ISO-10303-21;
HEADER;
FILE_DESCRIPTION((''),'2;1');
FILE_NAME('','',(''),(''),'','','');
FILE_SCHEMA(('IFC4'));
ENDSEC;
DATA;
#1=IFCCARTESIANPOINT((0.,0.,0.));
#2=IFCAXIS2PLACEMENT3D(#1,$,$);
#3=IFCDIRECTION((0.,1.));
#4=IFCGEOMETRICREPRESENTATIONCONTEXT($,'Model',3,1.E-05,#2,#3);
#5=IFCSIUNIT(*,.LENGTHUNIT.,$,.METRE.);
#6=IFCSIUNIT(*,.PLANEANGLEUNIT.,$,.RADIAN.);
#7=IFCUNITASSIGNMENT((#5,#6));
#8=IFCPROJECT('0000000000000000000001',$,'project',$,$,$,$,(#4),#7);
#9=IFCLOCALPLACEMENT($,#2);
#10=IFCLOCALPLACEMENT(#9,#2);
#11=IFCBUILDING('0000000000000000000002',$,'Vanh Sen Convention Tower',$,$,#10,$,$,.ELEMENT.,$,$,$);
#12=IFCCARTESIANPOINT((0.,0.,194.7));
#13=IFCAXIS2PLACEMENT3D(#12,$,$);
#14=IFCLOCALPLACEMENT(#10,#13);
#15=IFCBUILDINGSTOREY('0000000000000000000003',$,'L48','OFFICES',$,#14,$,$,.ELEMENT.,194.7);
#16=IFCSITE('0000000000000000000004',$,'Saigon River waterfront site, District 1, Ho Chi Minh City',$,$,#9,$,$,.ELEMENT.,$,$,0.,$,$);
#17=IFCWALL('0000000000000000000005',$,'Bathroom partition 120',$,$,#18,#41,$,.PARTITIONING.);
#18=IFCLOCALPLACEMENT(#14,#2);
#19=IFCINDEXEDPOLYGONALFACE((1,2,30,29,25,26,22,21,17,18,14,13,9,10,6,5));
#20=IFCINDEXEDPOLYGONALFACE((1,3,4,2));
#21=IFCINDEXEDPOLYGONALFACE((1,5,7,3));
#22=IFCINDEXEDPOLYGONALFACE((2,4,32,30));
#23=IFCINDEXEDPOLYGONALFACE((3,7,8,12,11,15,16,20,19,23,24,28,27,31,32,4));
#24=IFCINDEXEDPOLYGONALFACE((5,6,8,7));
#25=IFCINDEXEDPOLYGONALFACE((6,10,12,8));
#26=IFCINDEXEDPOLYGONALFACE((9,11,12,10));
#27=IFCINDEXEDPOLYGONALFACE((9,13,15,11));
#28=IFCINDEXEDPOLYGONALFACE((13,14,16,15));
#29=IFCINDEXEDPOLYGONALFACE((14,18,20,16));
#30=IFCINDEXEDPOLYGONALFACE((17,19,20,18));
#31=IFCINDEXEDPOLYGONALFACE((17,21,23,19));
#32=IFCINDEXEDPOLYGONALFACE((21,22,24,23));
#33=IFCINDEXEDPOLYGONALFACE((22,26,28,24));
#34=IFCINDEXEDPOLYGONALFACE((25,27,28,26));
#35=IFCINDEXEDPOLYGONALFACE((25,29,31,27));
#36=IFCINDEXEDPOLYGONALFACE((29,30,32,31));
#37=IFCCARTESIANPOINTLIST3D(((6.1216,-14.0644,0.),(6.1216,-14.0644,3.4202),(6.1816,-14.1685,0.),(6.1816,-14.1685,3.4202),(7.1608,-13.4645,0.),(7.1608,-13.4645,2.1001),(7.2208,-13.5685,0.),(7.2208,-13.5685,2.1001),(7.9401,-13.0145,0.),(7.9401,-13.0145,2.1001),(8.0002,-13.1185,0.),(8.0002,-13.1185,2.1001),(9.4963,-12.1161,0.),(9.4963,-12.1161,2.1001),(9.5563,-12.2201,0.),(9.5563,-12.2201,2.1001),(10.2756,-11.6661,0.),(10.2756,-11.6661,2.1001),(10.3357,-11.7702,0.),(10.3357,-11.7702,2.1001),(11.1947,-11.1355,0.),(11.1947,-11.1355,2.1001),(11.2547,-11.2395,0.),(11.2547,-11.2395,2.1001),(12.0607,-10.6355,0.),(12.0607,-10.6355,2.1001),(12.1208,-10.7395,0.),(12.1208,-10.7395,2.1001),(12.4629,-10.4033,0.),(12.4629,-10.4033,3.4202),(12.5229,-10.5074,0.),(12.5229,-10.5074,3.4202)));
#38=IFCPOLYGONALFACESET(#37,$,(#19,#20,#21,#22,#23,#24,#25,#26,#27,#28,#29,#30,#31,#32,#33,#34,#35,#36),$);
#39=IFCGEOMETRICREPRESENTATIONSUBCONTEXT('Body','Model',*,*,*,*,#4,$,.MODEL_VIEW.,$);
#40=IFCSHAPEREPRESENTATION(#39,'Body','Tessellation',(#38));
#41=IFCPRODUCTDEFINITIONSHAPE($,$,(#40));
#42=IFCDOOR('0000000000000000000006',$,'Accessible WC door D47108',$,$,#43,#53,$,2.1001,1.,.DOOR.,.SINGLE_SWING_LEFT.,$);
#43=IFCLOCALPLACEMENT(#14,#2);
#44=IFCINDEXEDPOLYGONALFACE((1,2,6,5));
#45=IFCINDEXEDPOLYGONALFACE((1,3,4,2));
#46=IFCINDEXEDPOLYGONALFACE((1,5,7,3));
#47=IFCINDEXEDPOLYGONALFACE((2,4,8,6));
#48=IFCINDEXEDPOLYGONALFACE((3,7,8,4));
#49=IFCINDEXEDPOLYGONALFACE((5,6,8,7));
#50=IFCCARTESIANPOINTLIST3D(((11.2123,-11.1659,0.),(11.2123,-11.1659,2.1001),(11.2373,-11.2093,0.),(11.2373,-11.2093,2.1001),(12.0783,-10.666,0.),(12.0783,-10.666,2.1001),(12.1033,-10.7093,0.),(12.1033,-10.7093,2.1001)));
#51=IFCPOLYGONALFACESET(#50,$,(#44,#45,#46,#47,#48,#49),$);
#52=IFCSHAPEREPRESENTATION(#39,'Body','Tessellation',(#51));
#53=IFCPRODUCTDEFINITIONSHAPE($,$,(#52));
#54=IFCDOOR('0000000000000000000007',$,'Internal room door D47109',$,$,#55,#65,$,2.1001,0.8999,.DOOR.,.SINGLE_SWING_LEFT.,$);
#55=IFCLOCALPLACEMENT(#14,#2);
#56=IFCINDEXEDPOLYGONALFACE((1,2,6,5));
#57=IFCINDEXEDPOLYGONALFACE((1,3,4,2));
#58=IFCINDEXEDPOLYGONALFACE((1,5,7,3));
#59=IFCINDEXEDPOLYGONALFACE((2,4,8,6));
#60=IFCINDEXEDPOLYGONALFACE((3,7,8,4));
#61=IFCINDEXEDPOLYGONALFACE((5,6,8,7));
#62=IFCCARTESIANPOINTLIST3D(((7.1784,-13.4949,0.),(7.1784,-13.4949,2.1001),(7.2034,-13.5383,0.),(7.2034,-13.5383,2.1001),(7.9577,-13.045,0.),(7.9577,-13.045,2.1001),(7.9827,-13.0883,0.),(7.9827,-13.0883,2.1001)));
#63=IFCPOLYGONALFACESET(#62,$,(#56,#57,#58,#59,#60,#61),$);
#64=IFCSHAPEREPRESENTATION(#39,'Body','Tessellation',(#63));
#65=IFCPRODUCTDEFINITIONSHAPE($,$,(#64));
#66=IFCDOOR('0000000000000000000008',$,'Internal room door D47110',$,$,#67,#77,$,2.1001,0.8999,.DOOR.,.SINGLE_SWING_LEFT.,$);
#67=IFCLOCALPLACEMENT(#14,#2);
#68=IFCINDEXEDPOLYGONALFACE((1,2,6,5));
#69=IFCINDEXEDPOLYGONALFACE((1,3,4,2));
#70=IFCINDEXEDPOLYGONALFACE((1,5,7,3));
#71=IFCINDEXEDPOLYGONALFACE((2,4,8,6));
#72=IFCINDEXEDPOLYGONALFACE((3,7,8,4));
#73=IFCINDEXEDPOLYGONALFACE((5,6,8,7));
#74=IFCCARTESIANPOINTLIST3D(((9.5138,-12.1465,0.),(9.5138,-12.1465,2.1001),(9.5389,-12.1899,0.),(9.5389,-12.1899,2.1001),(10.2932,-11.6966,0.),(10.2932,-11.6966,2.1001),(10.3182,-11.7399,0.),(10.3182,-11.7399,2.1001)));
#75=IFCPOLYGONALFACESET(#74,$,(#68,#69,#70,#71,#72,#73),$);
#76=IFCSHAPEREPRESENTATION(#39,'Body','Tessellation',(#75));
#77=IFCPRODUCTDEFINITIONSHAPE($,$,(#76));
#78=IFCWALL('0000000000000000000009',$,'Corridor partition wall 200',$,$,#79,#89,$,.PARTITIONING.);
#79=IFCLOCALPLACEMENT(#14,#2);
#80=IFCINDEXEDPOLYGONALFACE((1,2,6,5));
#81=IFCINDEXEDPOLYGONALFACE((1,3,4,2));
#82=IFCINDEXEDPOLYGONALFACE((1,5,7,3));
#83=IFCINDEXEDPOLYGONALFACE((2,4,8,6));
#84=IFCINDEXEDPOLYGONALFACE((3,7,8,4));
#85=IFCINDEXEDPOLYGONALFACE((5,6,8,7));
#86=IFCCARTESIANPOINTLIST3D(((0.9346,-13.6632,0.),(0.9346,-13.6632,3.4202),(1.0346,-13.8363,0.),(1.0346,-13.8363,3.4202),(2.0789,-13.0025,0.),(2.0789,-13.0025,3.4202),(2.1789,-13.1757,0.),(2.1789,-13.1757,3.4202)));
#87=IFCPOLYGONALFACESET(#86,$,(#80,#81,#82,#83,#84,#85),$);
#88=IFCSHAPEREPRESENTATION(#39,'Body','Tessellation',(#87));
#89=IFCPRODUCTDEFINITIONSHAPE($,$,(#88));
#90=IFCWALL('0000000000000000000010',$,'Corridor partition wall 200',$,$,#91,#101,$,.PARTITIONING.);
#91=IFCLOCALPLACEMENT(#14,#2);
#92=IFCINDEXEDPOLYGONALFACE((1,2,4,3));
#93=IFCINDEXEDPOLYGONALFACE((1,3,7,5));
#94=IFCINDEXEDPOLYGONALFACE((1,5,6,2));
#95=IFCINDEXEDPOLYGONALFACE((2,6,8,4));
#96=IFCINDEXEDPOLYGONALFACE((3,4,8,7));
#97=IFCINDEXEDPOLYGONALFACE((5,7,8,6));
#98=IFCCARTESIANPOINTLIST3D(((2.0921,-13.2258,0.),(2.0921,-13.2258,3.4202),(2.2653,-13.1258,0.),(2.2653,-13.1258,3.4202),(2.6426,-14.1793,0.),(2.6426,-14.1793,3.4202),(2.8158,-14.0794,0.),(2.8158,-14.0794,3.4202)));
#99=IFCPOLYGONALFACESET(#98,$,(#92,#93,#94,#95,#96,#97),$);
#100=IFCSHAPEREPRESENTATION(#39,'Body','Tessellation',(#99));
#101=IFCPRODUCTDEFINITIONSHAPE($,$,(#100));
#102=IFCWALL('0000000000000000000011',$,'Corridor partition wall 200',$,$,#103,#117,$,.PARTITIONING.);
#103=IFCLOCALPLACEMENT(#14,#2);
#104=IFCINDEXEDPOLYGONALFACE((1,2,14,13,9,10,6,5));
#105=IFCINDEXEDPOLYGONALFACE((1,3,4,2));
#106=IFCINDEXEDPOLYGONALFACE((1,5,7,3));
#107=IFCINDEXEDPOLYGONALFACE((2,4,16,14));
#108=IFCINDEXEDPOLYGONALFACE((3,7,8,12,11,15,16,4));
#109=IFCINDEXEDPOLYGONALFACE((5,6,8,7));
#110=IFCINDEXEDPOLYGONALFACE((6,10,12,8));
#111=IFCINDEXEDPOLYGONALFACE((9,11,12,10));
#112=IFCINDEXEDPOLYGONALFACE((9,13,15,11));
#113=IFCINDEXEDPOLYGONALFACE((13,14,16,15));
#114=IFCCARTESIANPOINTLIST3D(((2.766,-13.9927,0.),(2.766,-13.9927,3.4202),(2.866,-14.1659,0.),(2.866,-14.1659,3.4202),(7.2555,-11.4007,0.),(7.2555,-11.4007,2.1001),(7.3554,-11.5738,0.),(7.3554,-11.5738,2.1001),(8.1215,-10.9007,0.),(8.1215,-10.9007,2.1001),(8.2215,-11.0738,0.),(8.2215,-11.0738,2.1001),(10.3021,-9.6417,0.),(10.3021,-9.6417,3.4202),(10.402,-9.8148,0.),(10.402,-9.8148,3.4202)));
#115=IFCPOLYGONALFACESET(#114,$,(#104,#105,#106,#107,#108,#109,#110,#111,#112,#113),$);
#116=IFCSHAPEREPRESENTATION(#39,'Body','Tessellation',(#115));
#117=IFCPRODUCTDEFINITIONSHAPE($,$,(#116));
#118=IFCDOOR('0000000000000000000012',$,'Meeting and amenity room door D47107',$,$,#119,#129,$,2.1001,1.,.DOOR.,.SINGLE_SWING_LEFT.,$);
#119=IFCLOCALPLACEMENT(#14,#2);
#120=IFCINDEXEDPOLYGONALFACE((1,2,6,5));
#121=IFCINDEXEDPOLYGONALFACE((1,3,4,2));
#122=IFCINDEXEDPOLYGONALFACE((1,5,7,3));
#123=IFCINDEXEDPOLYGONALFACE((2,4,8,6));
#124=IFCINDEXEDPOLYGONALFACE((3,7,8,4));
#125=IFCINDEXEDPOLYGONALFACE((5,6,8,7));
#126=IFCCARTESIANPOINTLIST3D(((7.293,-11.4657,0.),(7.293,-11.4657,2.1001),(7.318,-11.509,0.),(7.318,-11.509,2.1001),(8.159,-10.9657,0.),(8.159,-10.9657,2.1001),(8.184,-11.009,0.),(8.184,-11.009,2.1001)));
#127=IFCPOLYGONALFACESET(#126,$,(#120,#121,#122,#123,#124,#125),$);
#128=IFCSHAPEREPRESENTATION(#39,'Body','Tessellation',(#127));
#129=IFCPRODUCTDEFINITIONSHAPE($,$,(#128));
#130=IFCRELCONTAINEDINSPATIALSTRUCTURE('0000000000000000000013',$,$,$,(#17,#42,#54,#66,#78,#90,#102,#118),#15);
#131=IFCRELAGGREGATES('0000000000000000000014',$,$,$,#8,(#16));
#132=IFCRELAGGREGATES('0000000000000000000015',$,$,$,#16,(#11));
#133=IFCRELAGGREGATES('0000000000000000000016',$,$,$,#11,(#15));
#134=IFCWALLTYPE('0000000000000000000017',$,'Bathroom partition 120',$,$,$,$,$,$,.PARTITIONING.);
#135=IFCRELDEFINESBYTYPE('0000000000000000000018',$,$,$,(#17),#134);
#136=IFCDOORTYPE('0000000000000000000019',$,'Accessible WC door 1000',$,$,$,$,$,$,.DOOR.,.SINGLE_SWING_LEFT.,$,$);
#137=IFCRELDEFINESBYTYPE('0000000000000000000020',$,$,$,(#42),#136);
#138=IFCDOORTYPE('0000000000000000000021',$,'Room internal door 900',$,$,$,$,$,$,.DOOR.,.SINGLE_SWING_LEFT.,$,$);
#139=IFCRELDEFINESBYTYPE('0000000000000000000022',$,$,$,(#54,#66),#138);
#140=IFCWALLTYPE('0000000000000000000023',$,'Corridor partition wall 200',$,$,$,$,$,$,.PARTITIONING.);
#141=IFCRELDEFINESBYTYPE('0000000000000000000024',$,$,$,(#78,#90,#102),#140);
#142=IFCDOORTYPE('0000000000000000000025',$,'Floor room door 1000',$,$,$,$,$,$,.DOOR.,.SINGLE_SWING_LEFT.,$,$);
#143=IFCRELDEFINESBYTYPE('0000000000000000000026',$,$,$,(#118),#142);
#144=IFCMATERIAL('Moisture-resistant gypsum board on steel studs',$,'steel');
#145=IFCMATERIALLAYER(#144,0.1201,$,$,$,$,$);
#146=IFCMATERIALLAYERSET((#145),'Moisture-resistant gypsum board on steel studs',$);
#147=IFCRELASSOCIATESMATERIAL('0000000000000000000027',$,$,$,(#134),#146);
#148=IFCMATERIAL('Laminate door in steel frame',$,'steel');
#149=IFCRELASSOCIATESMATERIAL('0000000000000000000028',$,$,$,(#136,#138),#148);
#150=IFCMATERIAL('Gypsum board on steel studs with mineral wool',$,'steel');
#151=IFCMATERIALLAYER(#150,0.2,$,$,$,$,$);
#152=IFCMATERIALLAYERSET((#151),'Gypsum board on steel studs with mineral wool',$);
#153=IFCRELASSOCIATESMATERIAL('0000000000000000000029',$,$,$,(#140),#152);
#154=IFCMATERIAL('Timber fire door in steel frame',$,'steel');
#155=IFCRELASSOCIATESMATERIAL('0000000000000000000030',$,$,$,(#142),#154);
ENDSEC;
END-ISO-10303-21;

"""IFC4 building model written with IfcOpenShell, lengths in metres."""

from ifc_helpers import new_model, si_unit, direction, frame, frame_2d, origin, place, context, subcontext, project, spatial, rectangle, extrude, material, layer, layer_set, type_object, element, fill, save


model = new_model("IFC4")

# Units and contexts
model_context = context("Model", 3, precision=1e-05, world=origin(), true_north=direction((0.0, 1.0)))
body_context = subcontext(model_context, "Body", "Model", "MODEL_VIEW")
ifc_project = project(units=[si_unit("LENGTHUNIT", "METRE"), si_unit("PLANEANGLEUNIT", "RADIAN")], contexts=[model_context])

# Site, building, storey
site_placement = place(None, origin())
site = spatial("IfcSite", under=ifc_project, at=site_placement, Name="Saigon River waterfront site, District 1, Ho Chi Minh City", CompositionType="ELEMENT", RefElevation=0.0)
building_placement = place(site_placement, origin())
building = spatial("IfcBuilding", under=site, at=building_placement, Name="Vanh Sen Convention Tower", CompositionType="ELEMENT")
storey_placement = place(building_placement, frame((0.0, 0.0, 194.7)))
storey = spatial("IfcBuildingStorey", under=building, at=storey_placement, Name="L48", Description="OFFICES", CompositionType="ELEMENT", Elevation=194.7)

# Wall, openings, doors
ifc_material_1 = material(Name="Moisture-resistant gypsum board on steel studs", Category="steel")
ifc_layer_1 = layer(ifc_material_1, 0.1201)
ifc_layer_set_1 = layer_set([ifc_layer_1], Name="Moisture-resistant gypsum board on steel studs")
wall_type_1 = type_object("IfcWallType", Name="Bathroom partition 120", PredefinedType="PARTITIONING", material=ifc_layer_set_1)
wall_1_placement = place(storey_placement, frame((6.1516, -14.1165, 0.0), z_axis=(0.0, 0.0, 1.0), x_axis=(0.866027, 0.499998, 0.0)))
wall_1 = element("IfcWall", 1, at=wall_1_placement, inside=storey, type_object=wall_type_1, Name="Bathroom partition 120", PredefinedType="PARTITIONING", context=body_context, shape_type="SweptSolid", body=[
    extrude(rectangle(XDim=7.3223, YDim=0.1201, at=frame_2d((3.6611, 0.0))), origin(), (0.0, 0.0, 1.0), 3.4202),
])
opening_1_placement = place(wall_1_placement, frame((5.8579, 0.0, 0.0)))
opening_1 = element("IfcOpeningElement", 2, at=opening_1_placement, cuts=wall_1, PredefinedType="OPENING", context=body_context, shape_type="SweptSolid", body=[
    extrude(rectangle(XDim=1.0, YDim=2.1001, at=frame_2d((0.5, 1.05))), frame((0.0, 0.0701, 0.0), z_axis=(0.0, -1.0, 0.0), x_axis=(1.0, 0.0, 0.0)), (0.0, 0.0, 1.0), 0.1401),
])
opening_2_placement = place(wall_1_placement, frame((1.2, 0.0, 0.0)))
opening_2 = element("IfcOpeningElement", 3, at=opening_2_placement, cuts=wall_1, PredefinedType="OPENING", context=body_context, shape_type="SweptSolid", body=[
    extrude(rectangle(XDim=0.8999, YDim=2.1001, at=frame_2d((0.45, 1.05))), frame((0.0, 0.0701, 0.0), z_axis=(0.0, -1.0, 0.0), x_axis=(1.0, 0.0, 0.0)), (0.0, 0.0, 1.0), 0.1401),
])
opening_3_placement = place(wall_1_placement, frame((3.8967, 0.0, 0.0)))
opening_3 = element("IfcOpeningElement", 4, at=opening_3_placement, cuts=wall_1, PredefinedType="OPENING", context=body_context, shape_type="SweptSolid", body=[
    extrude(rectangle(XDim=0.8999, YDim=2.1001, at=frame_2d((0.45, 1.05))), frame((0.0, 0.0701, 0.0), z_axis=(0.0, -1.0, 0.0), x_axis=(1.0, 0.0, 0.0)), (0.0, 0.0, 1.0), 0.1401),
])
ifc_material_2 = material(Name="Laminate door in steel frame", Category="steel")
door_type_1 = type_object("IfcDoorType", Name="Accessible WC door 1000", OperationType="SINGLE_SWING_LEFT", PredefinedType="DOOR", material=ifc_material_2)
door_1_placement = place(opening_1_placement, origin())
door_1 = element("IfcDoor", 5, at=door_1_placement, inside=storey, type_object=door_type_1, Name="Accessible WC door D47108", OperationType="SINGLE_SWING_LEFT", OverallHeight=2.1001, OverallWidth=1.0, PredefinedType="DOOR", context=body_context, shape_type="SweptSolid", body=[
    extrude(rectangle(XDim=1.0, YDim=2.1001, at=frame_2d((0.5, 1.05))), frame((0.0, 0.0249, 0.0), z_axis=(0.0, -1.0, 0.0), x_axis=(1.0, 0.0, 0.0)), (0.0, 0.0, 1.0), 0.05),
])
fill(opening_1, door_1)
door_type_2 = type_object("IfcDoorType", Name="Room internal door 900", OperationType="SINGLE_SWING_LEFT", PredefinedType="DOOR", material=ifc_material_2)
door_2_placement = place(opening_2_placement, origin())
door_2 = element("IfcDoor", 6, at=door_2_placement, inside=storey, type_object=door_type_2, Name="Internal room door D47109", OperationType="SINGLE_SWING_LEFT", OverallHeight=2.1001, OverallWidth=0.8999, PredefinedType="DOOR", context=body_context, shape_type="SweptSolid", body=[
    extrude(rectangle(XDim=0.8999, YDim=2.1001, at=frame_2d((0.45, 1.05))), frame((0.0, 0.0249, 0.0), z_axis=(0.0, -1.0, 0.0), x_axis=(1.0, 0.0, 0.0)), (0.0, 0.0, 1.0), 0.05),
])
fill(opening_2, door_2)
door_3_placement = place(opening_3_placement, origin())
door_3 = element("IfcDoor", 7, at=door_3_placement, inside=storey, type_object=door_type_2, Name="Internal room door D47110", OperationType="SINGLE_SWING_LEFT", OverallHeight=2.1001, OverallWidth=0.8999, PredefinedType="DOOR", context=body_context, shape_type="SweptSolid", body=[
    extrude(rectangle(XDim=0.8999, YDim=2.1001, at=frame_2d((0.45, 1.05))), frame((0.0, 0.0249, 0.0), z_axis=(0.0, -1.0, 0.0), x_axis=(1.0, 0.0, 0.0)), (0.0, 0.0, 1.0), 0.05),
])
fill(opening_3, door_3)

# Walls
ifc_material_3 = material(Name="Gypsum board on steel studs with mineral wool", Category="steel")
ifc_layer_2 = layer(ifc_material_3, 0.2)
ifc_layer_set_2 = layer_set([ifc_layer_2], Name="Gypsum board on steel studs with mineral wool")
wall_type_2 = type_object("IfcWallType", Name="Corridor partition wall 200", PredefinedType="PARTITIONING", material=ifc_layer_set_2)
wall_2_placement = place(storey_placement, frame((0.9846, -13.7498, 0.0), z_axis=(0.0, 0.0, 1.0), x_axis=(0.866029, 0.499994, 0.0)))
element("IfcWall", 8, at=wall_2_placement, inside=storey, type_object=wall_type_2, Name="Corridor partition wall 200", PredefinedType="PARTITIONING", context=body_context, shape_type="SweptSolid", body=[
    extrude(rectangle(XDim=1.3213, YDim=0.2, at=frame_2d((0.6606, 0.0))), origin(), (0.0, 0.0, 1.0), 3.4202),
])
wall_3_placement = place(storey_placement, frame((2.1787, -13.1758, 0.0), z_axis=(0.0, 0.0, 1.0), x_axis=(0.499978, -0.866038, 0.0)))
element("IfcWall", 9, at=wall_3_placement, inside=storey, type_object=wall_type_2, Name="Corridor partition wall 200", PredefinedType="PARTITIONING", context=body_context, shape_type="SweptSolid", body=[
    extrude(rectangle(XDim=1.1011, YDim=0.2, at=frame_2d((0.5505, 0.0))), origin(), (0.0, 0.0, 1.0), 3.4202),
])

# Wall, opening, door
wall_4_placement = place(storey_placement, frame((2.8159, -14.0793, 0.0), z_axis=(0.0, 0.0, 1.0), x_axis=(0.866021, 0.500007, 0.0)))
wall_4 = element("IfcWall", 10, at=wall_4_placement, inside=storey, type_object=wall_type_2, Name="Corridor partition wall 200", PredefinedType="PARTITIONING", context=body_context, shape_type="SweptSolid", body=[
    extrude(rectangle(XDim=8.7019, YDim=0.2, at=frame_2d((4.3511, 0.0))), origin(), (0.0, 0.0, 1.0), 3.4202),
])
opening_4_placement = place(wall_4_placement, frame((5.1841, 0.0, 0.0)))
opening_4 = element("IfcOpeningElement", 11, at=opening_4_placement, cuts=wall_4, PredefinedType="OPENING", context=body_context, shape_type="SweptSolid", body=[
    extrude(rectangle(XDim=1.0, YDim=2.1001, at=frame_2d((0.5, 1.05))), frame((0.0, 0.1099, 0.0), z_axis=(0.0, -1.0, 0.0), x_axis=(1.0, 0.0, 0.0)), (0.0, 0.0, 1.0), 0.22),
])
ifc_material_4 = material(Name="Timber fire door in steel frame", Category="steel")
door_type_3 = type_object("IfcDoorType", Name="Floor room door 1000", OperationType="SINGLE_SWING_LEFT", PredefinedType="DOOR", material=ifc_material_4)
door_4_placement = place(opening_4_placement, origin())
door_4 = element("IfcDoor", 12, at=door_4_placement, inside=storey, type_object=door_type_3, Name="Meeting and amenity room door D47107", OperationType="SINGLE_SWING_LEFT", OverallHeight=2.1001, OverallWidth=1.0, PredefinedType="DOOR", context=body_context, shape_type="SweptSolid", body=[
    extrude(rectangle(XDim=1.0, YDim=2.1001, at=frame_2d((0.5, 1.05))), frame((0.0, 0.0249, 0.0), z_axis=(0.0, -1.0, 0.0), x_axis=(1.0, 0.0, 0.0)), (0.0, 0.0, 1.0), 0.05),
])
fill(opening_4, door_4)

save(model, "model.ifc")
